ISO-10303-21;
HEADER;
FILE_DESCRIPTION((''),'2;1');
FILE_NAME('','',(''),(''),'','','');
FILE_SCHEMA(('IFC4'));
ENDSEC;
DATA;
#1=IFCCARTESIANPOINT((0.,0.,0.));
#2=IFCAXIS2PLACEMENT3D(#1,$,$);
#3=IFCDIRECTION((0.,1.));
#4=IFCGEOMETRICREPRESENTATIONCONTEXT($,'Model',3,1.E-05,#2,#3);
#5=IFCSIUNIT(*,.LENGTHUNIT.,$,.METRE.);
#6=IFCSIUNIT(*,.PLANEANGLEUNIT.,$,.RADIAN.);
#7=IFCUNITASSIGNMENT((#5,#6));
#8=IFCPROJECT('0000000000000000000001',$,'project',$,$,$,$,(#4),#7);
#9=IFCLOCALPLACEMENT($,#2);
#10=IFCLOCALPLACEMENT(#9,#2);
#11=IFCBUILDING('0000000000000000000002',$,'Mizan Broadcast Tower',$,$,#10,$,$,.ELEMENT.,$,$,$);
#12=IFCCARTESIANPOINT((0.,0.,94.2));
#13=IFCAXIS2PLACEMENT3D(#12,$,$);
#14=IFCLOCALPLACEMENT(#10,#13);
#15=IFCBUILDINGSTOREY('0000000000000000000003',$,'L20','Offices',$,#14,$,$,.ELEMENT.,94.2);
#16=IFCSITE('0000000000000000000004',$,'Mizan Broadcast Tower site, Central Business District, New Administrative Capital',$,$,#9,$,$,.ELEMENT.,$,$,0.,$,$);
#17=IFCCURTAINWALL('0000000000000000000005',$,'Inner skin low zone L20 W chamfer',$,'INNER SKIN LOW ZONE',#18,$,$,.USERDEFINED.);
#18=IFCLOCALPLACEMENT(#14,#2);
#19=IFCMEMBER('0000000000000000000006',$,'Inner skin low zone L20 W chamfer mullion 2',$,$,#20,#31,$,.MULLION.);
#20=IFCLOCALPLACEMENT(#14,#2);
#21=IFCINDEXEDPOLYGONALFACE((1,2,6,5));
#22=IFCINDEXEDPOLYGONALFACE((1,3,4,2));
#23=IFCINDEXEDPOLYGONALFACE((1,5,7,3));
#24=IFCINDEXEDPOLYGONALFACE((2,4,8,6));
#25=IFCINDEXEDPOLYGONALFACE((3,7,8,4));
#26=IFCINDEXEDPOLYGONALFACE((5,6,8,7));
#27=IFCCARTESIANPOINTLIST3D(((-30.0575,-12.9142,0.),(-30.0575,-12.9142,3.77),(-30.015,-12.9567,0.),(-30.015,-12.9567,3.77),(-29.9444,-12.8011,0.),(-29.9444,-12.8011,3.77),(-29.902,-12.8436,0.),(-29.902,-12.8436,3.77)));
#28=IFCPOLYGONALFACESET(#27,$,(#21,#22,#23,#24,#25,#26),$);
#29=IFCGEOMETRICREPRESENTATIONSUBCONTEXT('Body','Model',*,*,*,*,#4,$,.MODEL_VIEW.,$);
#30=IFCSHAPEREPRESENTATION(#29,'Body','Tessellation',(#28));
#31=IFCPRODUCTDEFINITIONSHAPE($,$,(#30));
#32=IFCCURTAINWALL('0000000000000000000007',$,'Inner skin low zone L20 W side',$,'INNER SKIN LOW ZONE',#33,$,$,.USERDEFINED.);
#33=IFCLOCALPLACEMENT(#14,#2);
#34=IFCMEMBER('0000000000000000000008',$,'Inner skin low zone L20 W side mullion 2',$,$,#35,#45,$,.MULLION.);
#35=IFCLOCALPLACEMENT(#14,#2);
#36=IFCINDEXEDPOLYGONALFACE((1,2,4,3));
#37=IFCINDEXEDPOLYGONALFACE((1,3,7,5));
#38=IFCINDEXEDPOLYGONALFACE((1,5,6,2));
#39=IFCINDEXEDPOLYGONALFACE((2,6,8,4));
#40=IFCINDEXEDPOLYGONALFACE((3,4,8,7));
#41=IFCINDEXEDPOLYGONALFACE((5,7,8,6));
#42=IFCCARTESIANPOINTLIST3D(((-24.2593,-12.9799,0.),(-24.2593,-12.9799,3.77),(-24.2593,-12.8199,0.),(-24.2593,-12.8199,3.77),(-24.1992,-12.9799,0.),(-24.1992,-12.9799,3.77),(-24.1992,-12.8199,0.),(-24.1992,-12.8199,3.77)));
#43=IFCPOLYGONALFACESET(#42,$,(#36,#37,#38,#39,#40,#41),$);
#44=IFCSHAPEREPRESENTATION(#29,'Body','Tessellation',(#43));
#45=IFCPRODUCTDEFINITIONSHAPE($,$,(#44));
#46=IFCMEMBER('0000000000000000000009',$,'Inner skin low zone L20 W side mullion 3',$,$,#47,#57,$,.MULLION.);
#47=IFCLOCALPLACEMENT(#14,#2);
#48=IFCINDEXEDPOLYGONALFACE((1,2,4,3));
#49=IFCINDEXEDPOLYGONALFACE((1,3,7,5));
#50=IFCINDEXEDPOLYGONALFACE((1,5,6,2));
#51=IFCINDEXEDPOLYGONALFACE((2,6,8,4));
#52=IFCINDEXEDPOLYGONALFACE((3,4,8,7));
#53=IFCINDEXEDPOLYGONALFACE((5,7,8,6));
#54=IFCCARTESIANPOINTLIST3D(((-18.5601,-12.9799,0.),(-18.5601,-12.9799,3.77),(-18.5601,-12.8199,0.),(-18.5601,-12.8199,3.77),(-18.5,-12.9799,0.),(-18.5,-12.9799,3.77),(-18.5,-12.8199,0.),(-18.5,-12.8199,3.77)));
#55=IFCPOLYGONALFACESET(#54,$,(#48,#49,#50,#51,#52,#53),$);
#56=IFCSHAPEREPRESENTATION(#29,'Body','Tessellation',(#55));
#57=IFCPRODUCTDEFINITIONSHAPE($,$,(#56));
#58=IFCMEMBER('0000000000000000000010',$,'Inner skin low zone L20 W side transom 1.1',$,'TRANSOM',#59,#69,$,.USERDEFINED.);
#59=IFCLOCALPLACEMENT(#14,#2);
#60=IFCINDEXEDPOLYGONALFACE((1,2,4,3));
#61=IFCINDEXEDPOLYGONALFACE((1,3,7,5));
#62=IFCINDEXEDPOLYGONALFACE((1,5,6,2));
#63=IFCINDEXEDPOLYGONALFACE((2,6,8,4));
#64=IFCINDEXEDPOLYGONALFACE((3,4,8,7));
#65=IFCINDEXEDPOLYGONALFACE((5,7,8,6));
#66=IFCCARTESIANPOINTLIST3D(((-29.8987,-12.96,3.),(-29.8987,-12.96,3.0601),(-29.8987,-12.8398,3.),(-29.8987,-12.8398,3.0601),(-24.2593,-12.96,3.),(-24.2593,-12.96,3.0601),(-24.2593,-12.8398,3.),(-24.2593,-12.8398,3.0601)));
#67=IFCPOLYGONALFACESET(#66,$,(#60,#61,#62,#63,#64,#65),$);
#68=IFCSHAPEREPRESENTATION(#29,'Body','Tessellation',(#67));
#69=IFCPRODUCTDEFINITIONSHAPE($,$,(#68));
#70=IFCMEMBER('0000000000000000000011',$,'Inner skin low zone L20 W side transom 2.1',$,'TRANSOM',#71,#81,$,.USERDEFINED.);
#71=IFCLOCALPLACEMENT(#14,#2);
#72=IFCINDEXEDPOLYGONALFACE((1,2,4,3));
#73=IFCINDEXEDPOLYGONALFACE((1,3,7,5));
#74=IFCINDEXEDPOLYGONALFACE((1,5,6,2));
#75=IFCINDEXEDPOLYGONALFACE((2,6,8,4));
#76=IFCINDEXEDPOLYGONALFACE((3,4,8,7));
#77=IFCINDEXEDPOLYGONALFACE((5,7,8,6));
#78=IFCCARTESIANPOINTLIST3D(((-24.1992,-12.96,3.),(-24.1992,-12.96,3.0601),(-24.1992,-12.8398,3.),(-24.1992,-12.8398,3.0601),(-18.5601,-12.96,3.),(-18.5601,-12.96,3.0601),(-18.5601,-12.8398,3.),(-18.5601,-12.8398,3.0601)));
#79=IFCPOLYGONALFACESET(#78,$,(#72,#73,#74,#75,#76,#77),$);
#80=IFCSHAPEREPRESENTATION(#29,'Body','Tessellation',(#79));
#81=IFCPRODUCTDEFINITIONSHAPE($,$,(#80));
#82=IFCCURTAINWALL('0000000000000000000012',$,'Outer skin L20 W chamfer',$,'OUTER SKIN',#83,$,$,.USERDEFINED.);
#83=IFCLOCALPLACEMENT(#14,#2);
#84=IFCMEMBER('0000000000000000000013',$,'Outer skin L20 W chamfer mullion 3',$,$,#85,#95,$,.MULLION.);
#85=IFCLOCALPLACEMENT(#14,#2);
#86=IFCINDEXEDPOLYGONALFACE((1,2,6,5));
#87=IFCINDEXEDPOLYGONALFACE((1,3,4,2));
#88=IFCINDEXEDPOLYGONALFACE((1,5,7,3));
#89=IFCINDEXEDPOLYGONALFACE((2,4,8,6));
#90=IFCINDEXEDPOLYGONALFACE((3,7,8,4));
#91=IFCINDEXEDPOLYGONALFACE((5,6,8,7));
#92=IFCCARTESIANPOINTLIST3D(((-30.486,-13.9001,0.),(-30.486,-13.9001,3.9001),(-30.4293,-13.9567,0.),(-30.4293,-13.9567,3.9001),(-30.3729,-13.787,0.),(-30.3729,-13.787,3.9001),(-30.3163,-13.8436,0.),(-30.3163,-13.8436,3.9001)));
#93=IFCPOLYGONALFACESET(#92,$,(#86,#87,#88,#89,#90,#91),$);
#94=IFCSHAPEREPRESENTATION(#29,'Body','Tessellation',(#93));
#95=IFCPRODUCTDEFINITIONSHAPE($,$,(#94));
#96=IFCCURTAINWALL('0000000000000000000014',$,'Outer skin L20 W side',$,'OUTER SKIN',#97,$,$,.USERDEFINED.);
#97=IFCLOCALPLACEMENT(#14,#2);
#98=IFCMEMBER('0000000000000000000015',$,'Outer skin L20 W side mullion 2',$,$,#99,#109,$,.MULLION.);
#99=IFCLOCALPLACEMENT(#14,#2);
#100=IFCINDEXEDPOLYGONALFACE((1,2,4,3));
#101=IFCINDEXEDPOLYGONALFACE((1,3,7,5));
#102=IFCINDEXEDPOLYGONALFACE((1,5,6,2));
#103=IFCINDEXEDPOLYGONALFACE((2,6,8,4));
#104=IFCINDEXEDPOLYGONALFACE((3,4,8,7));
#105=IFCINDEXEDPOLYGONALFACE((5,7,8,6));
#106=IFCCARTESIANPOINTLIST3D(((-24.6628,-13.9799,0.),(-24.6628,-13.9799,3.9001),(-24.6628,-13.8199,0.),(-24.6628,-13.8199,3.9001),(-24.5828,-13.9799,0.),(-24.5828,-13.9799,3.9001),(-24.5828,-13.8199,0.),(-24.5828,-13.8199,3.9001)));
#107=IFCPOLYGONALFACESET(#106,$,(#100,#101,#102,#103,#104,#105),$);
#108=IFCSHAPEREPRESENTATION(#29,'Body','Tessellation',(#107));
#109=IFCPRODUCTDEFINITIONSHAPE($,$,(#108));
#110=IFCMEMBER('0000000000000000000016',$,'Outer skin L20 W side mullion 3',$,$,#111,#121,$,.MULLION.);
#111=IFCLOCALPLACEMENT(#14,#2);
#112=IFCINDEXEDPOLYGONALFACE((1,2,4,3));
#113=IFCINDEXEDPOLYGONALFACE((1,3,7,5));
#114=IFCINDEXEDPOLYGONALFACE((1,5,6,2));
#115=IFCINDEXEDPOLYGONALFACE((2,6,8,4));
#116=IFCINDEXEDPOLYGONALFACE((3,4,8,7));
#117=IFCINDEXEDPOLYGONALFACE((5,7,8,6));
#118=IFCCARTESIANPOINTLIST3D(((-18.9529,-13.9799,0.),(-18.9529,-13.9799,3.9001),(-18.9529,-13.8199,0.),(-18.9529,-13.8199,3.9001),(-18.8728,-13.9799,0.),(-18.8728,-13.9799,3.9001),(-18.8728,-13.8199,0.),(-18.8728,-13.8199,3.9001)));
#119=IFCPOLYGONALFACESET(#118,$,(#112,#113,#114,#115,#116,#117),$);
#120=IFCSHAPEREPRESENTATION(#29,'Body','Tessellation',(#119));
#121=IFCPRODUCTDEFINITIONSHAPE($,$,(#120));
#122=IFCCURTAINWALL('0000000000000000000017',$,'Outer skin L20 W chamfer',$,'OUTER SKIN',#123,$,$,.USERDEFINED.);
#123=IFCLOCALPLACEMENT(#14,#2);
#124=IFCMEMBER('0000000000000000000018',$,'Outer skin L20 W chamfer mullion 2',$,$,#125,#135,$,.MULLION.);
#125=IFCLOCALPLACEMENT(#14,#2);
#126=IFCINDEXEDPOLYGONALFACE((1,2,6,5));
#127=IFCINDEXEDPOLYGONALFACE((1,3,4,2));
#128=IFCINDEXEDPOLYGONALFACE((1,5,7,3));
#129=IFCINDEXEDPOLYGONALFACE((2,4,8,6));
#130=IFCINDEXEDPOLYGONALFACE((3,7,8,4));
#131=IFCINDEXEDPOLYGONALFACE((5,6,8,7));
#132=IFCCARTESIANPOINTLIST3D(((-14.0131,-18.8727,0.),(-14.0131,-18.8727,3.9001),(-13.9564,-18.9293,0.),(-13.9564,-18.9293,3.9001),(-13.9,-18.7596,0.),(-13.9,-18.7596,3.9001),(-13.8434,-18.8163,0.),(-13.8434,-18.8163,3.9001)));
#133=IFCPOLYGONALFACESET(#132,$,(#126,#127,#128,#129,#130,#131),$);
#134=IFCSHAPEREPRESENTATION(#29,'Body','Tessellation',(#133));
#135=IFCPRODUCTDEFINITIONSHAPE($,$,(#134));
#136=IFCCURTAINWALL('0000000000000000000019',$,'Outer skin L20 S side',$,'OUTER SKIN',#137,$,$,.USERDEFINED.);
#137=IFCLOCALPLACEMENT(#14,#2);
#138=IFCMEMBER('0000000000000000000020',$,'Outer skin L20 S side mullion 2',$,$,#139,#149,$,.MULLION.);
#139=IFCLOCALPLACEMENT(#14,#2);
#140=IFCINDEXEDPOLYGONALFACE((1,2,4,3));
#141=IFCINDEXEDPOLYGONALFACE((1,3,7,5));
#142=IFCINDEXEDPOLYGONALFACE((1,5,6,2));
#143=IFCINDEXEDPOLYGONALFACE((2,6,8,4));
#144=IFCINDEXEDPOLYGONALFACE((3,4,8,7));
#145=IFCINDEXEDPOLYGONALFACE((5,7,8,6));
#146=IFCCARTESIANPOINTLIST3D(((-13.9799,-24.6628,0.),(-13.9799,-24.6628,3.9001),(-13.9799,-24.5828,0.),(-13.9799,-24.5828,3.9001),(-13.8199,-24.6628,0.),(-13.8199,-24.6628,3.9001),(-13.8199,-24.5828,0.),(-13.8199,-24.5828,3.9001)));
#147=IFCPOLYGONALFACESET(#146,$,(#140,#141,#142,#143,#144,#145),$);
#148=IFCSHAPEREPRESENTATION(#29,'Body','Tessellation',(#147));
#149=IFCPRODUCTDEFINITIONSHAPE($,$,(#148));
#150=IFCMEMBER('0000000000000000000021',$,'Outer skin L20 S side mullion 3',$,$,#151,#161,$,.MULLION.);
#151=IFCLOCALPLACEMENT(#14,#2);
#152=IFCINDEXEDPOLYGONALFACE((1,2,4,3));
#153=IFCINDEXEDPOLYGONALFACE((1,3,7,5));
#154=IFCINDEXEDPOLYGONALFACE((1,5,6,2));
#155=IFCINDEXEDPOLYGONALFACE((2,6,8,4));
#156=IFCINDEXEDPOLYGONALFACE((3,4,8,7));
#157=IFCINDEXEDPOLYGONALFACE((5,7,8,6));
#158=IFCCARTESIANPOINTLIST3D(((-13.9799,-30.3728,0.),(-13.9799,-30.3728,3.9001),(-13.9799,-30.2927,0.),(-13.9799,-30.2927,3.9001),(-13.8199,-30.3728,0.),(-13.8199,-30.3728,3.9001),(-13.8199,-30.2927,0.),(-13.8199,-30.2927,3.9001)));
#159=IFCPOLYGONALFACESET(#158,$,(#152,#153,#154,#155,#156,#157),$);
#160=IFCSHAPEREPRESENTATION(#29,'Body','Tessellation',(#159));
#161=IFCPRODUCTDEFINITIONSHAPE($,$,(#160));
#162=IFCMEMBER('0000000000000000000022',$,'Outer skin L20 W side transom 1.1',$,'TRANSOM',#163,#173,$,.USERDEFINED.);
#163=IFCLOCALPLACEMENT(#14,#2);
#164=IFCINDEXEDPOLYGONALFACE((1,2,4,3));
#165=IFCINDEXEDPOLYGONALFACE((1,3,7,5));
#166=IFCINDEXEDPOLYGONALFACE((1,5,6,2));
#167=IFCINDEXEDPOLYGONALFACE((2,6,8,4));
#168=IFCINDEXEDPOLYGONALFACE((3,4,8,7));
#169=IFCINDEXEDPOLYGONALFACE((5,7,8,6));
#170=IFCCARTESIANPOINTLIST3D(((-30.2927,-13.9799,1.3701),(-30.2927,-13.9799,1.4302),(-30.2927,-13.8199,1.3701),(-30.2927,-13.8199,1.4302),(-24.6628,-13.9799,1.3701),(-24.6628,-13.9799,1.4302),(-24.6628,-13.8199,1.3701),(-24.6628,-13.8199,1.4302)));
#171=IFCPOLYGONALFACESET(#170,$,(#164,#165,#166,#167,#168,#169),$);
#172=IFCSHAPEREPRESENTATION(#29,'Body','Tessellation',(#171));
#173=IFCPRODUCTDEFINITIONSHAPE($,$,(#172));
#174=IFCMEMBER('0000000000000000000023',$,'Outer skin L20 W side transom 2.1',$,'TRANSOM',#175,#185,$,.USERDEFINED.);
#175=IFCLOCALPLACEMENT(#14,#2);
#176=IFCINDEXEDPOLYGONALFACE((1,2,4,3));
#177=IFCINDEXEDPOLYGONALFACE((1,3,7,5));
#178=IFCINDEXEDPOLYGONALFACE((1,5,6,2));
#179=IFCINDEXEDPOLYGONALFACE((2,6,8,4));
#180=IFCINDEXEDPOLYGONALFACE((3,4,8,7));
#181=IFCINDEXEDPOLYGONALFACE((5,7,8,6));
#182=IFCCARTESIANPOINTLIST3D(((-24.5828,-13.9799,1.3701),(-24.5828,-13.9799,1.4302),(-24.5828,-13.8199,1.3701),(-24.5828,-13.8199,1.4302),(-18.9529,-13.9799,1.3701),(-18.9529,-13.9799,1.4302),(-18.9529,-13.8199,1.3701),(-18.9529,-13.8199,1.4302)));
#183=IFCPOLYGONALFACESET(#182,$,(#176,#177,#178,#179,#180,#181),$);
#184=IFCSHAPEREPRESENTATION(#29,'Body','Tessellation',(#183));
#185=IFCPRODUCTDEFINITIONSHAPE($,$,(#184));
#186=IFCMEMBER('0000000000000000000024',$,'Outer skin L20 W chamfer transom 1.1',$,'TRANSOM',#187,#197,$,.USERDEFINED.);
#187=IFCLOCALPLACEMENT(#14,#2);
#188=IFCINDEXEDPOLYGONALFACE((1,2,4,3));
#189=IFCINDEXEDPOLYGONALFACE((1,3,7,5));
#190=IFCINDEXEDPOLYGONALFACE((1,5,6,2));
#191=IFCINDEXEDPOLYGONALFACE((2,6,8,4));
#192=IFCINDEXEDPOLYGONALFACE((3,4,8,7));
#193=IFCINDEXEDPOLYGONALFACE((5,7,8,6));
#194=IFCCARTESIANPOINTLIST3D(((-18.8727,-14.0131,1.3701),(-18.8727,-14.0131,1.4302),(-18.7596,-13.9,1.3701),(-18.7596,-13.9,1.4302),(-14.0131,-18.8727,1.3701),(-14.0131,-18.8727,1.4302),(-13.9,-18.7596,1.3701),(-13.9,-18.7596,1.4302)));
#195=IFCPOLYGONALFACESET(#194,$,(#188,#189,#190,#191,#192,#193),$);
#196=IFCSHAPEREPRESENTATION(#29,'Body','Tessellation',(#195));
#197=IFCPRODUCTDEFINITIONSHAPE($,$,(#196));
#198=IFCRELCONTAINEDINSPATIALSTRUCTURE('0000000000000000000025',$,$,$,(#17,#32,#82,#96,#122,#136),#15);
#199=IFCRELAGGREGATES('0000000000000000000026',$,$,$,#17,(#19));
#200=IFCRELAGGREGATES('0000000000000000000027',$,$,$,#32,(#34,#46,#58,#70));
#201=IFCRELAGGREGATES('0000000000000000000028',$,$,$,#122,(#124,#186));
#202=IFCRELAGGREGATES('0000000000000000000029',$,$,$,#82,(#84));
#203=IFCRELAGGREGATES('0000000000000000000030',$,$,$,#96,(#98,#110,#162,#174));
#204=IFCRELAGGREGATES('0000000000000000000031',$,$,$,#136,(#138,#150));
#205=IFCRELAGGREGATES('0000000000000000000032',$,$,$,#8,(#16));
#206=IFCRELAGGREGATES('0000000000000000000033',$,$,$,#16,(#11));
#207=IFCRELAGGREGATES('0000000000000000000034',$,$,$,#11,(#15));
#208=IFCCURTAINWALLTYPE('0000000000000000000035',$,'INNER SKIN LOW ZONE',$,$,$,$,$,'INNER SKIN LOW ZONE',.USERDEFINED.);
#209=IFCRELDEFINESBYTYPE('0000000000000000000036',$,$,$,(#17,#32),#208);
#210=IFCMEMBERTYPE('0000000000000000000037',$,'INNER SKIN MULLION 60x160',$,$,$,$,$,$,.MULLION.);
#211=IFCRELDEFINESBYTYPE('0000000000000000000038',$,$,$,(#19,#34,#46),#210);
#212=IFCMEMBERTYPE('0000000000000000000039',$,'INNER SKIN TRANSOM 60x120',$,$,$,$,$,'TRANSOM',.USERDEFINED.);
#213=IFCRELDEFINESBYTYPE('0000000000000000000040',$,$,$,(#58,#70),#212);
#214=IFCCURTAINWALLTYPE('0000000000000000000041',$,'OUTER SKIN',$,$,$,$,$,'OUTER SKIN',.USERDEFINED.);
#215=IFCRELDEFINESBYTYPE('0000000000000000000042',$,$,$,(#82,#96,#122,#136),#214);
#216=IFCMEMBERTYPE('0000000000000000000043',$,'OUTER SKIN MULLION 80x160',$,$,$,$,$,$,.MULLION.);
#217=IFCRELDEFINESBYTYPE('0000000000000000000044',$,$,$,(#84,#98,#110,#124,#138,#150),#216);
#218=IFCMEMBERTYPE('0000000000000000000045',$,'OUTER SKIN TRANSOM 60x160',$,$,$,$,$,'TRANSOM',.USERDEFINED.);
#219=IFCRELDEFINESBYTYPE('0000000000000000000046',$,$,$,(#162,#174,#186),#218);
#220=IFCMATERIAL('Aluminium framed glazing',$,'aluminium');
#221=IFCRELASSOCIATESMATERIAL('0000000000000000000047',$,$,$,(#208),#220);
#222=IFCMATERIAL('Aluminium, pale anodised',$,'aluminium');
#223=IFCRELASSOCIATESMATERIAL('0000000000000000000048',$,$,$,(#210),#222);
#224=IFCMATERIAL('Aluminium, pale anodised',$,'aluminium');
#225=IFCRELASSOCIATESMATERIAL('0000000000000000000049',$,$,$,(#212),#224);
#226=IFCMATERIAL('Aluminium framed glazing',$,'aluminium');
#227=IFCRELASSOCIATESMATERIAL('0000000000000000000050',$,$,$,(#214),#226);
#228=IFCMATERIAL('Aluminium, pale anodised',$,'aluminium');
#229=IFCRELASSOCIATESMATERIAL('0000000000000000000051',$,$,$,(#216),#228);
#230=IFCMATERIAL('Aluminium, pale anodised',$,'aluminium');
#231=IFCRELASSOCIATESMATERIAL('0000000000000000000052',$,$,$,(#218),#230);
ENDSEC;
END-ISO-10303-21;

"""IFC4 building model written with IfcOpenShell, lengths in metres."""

from ifc_helpers import new_model, si_unit, direction, frame, origin, origin_2d, place, context, subcontext, project, spatial, rectangle, extrude, material, material_profile, profile_set, type_object, element, aggregate, save


model = new_model("IFC4")

# Units and contexts
model_context = context("Model", 3, precision=1e-05, world=origin(), true_north=direction((0.0, 1.0)))
body_context = subcontext(model_context, "Body", "Model", "MODEL_VIEW")
ifc_project = project(units=[si_unit("LENGTHUNIT", "METRE"), si_unit("PLANEANGLEUNIT", "RADIAN")], contexts=[model_context])

# Site, building, storey
site_placement = place(None, origin())
site = spatial("IfcSite", under=ifc_project, at=site_placement, Name="Mizan Broadcast Tower site, Central Business District, New Administrative Capital", CompositionType="ELEMENT", RefElevation=0.0)
building_placement = place(site_placement, origin())
building = spatial("IfcBuilding", under=site, at=building_placement, Name="Mizan Broadcast Tower", CompositionType="ELEMENT")
storey_placement = place(building_placement, frame((0.0, 0.0, 94.2)))
storey = spatial("IfcBuildingStorey", under=building, at=storey_placement, Name="L20", Description="Offices", CompositionType="ELEMENT", Elevation=94.2)

# Curtain wall, member
ifc_material_1 = material(Name="Aluminium framed glazing", Category="aluminium")
curtain_wall_type_1 = type_object("IfcCurtainWallType", Name="INNER SKIN LOW ZONE", ElementType="INNER SKIN LOW ZONE", PredefinedType="USERDEFINED", material=ifc_material_1)
curtain_wall_1_placement = place(storey_placement, origin())
curtain_wall_1 = element("IfcCurtainWall", 1, at=curtain_wall_1_placement, inside=storey, type_object=curtain_wall_type_1, Name="Inner skin low zone L20 W chamfer", ObjectType="INNER SKIN LOW ZONE", PredefinedType="USERDEFINED")
ifc_material_2 = material(Name="Aluminium, pale anodised", Category="aluminium")
ifc_material_profile_1 = material_profile(ifc_material_2, rectangle(XDim=0.1599, YDim=0.0601, at=origin_2d()), Name="MULLION 160x60")
ifc_profile_set_1 = profile_set([ifc_material_profile_1], Name="Aluminium, pale anodised")
member_type_1 = type_object("IfcMemberType", Name="INNER SKIN MULLION 60x160", PredefinedType="MULLION", material=ifc_profile_set_1)
member_1_placement = place(storey_placement, frame((-29.9797, -12.8789, 0.0), z_axis=(0.0, 0.0, 1.0), x_axis=(0.707107, 0.707107, 0.0)))
member_1 = element("IfcMember", 2, at=member_1_placement, type_object=member_type_1, Name="Inner skin low zone L20 W chamfer mullion 2", PredefinedType="MULLION", context=body_context, shape_type="SweptSolid", body=[
    extrude(rectangle(XDim=0.1599, YDim=0.0601, at=origin_2d()), origin(), (0.0, 0.0, 1.0), 3.77),
])
aggregate(curtain_wall_1, [member_1])

# Curtain wall, members
curtain_wall_2_placement = place(storey_placement, origin())
curtain_wall_2 = element("IfcCurtainWall", 3, at=curtain_wall_2_placement, inside=storey, type_object=curtain_wall_type_1, Name="Inner skin low zone L20 W side", ObjectType="INNER SKIN LOW ZONE", PredefinedType="USERDEFINED")
member_2_placement = place(storey_placement, frame((-24.2292, -12.8999, 0.0), z_axis=(0.0, 0.0, 1.0), x_axis=(0.0, 1.0, 0.0)))
member_2 = element("IfcMember", 4, at=member_2_placement, type_object=member_type_1, Name="Inner skin low zone L20 W side mullion 2", PredefinedType="MULLION", context=body_context, shape_type="SweptSolid", body=[
    extrude(rectangle(XDim=0.1599, YDim=0.0601, at=origin_2d()), origin(), (0.0, 0.0, 1.0), 3.77),
])
member_3_placement = place(storey_placement, frame((-18.53, -12.8999, 0.0), z_axis=(0.0, 0.0, 1.0), x_axis=(0.0, 1.0, 0.0)))
member_3 = element("IfcMember", 5, at=member_3_placement, type_object=member_type_1, Name="Inner skin low zone L20 W side mullion 3", PredefinedType="MULLION", context=body_context, shape_type="SweptSolid", body=[
    extrude(rectangle(XDim=0.1599, YDim=0.0601, at=origin_2d()), origin(), (0.0, 0.0, 1.0), 3.77),
])
ifc_material_3 = material(Name="Aluminium, pale anodised", Category="aluminium")
ifc_material_profile_2 = material_profile(ifc_material_3, rectangle(XDim=0.1201, YDim=0.0601, at=origin_2d()), Name="TRANSOM 120x60")
ifc_profile_set_2 = profile_set([ifc_material_profile_2], Name="Aluminium, pale anodised")
member_type_2 = type_object("IfcMemberType", Name="INNER SKIN TRANSOM 60x120", ElementType="TRANSOM", PredefinedType="USERDEFINED", material=ifc_profile_set_2)
member_4_placement = place(storey_placement, frame((-29.8987, -12.8999, 3.03), z_axis=(1.0, 0.0, 0.0), x_axis=(0.0, 1.0, 0.0)))
member_4 = element("IfcMember", 6, at=member_4_placement, type_object=member_type_2, Name="Inner skin low zone L20 W side transom 1.1", ObjectType="TRANSOM", PredefinedType="USERDEFINED", context=body_context, shape_type="SweptSolid", body=[
    extrude(rectangle(XDim=0.1201, YDim=0.0601, at=origin_2d()), origin(), (0.0, 0.0, 1.0), 5.6394),
])
member_5_placement = place(storey_placement, frame((-24.1992, -12.8999, 3.03), z_axis=(1.0, 0.0, 0.0), x_axis=(0.0, 1.0, 0.0)))
member_5 = element("IfcMember", 7, at=member_5_placement, type_object=member_type_2, Name="Inner skin low zone L20 W side transom 2.1", ObjectType="TRANSOM", PredefinedType="USERDEFINED", context=body_context, shape_type="SweptSolid", body=[
    extrude(rectangle(XDim=0.1201, YDim=0.0601, at=origin_2d()), origin(), (0.0, 0.0, 1.0), 5.6392),
])

# Curtain wall, member
ifc_material_4 = material(Name="Aluminium framed glazing", Category="aluminium")
curtain_wall_type_2 = type_object("IfcCurtainWallType", Name="OUTER SKIN", ElementType="OUTER SKIN", PredefinedType="USERDEFINED", material=ifc_material_4)
curtain_wall_3_placement = place(storey_placement, origin())
curtain_wall_3 = element("IfcCurtainWall", 8, at=curtain_wall_3_placement, inside=storey, type_object=curtain_wall_type_2, Name="Outer skin L20 W chamfer", ObjectType="OUTER SKIN", PredefinedType="USERDEFINED")
ifc_material_5 = material(Name="Aluminium, pale anodised", Category="aluminium")
ifc_material_profile_3 = material_profile(ifc_material_5, rectangle(XDim=0.1599, YDim=0.0801, at=origin_2d()), Name="MULLION 160x80")
ifc_profile_set_3 = profile_set([ifc_material_profile_3], Name="Aluminium, pale anodised")
member_type_3 = type_object("IfcMemberType", Name="OUTER SKIN MULLION 80x160", PredefinedType="MULLION", material=ifc_profile_set_3)
member_6_placement = place(storey_placement, frame((-30.4011, -13.8718, 0.0), z_axis=(0.0, 0.0, 1.0), x_axis=(0.707107, 0.707107, 0.0)))
member_6 = element("IfcMember", 9, at=member_6_placement, type_object=member_type_3, Name="Outer skin L20 W chamfer mullion 3", PredefinedType="MULLION", context=body_context, shape_type="SweptSolid", body=[
    extrude(rectangle(XDim=0.1599, YDim=0.0801, at=origin_2d()), origin(), (0.0, 0.0, 1.0), 3.9001),
])

# Curtain wall, members
curtain_wall_4_placement = place(storey_placement, origin())
curtain_wall_4 = element("IfcCurtainWall", 10, at=curtain_wall_4_placement, inside=storey, type_object=curtain_wall_type_2, Name="Outer skin L20 W side", ObjectType="OUTER SKIN", PredefinedType="USERDEFINED")
member_7_placement = place(storey_placement, frame((-24.6228, -13.8999, 0.0), z_axis=(0.0, 0.0, 1.0), x_axis=(0.0, 1.0, 0.0)))
member_7 = element("IfcMember", 11, at=member_7_placement, type_object=member_type_3, Name="Outer skin L20 W side mullion 2", PredefinedType="MULLION", context=body_context, shape_type="SweptSolid", body=[
    extrude(rectangle(XDim=0.1599, YDim=0.0801, at=origin_2d()), origin(), (0.0, 0.0, 1.0), 3.9001),
])
member_8_placement = place(storey_placement, frame((-18.9128, -13.8999, 0.0), z_axis=(0.0, 0.0, 1.0), x_axis=(0.0, 1.0, 0.0)))
member_8 = element("IfcMember", 12, at=member_8_placement, type_object=member_type_3, Name="Outer skin L20 W side mullion 3", PredefinedType="MULLION", context=body_context, shape_type="SweptSolid", body=[
    extrude(rectangle(XDim=0.1599, YDim=0.0801, at=origin_2d()), origin(), (0.0, 0.0, 1.0), 3.9001),
])

# Curtain wall, member
curtain_wall_5_placement = place(storey_placement, origin())
curtain_wall_5 = element("IfcCurtainWall", 13, at=curtain_wall_5_placement, inside=storey, type_object=curtain_wall_type_2, Name="Outer skin L20 W chamfer", ObjectType="OUTER SKIN", PredefinedType="USERDEFINED")
member_9_placement = place(storey_placement, frame((-13.9282, -18.8445, 0.0), z_axis=(0.0, 0.0, 1.0), x_axis=(0.707107, 0.707107, 0.0)))
member_9 = element("IfcMember", 14, at=member_9_placement, type_object=member_type_3, Name="Outer skin L20 W chamfer mullion 2", PredefinedType="MULLION", context=body_context, shape_type="SweptSolid", body=[
    extrude(rectangle(XDim=0.1599, YDim=0.0801, at=origin_2d()), origin(), (0.0, 0.0, 1.0), 3.9001),
])

# Curtain wall, members
curtain_wall_6_placement = place(storey_placement, origin())
curtain_wall_6 = element("IfcCurtainWall", 15, at=curtain_wall_6_placement, inside=storey, type_object=curtain_wall_type_2, Name="Outer skin L20 S side", ObjectType="OUTER SKIN", PredefinedType="USERDEFINED")
member_10_placement = place(storey_placement, frame((-13.8999, -24.6228, 0.0), z_axis=(0.0, 0.0, 1.0), x_axis=(1.0, 0.0, 0.0)))
member_10 = element("IfcMember", 16, at=member_10_placement, type_object=member_type_3, Name="Outer skin L20 S side mullion 2", PredefinedType="MULLION", context=body_context, shape_type="SweptSolid", body=[
    extrude(rectangle(XDim=0.1599, YDim=0.0801, at=origin_2d()), origin(), (0.0, 0.0, 1.0), 3.9001),
])
member_11_placement = place(storey_placement, frame((-13.8999, -30.3328, 0.0), z_axis=(0.0, 0.0, 1.0), x_axis=(1.0, 0.0, 0.0)))
member_11 = element("IfcMember", 17, at=member_11_placement, type_object=member_type_3, Name="Outer skin L20 S side mullion 3", PredefinedType="MULLION", context=body_context, shape_type="SweptSolid", body=[
    extrude(rectangle(XDim=0.1599, YDim=0.0801, at=origin_2d()), origin(), (0.0, 0.0, 1.0), 3.9001),
])

# Members
ifc_material_6 = material(Name="Aluminium, pale anodised", Category="aluminium")
ifc_material_profile_4 = material_profile(ifc_material_6, rectangle(XDim=0.1599, YDim=0.0601, at=origin_2d()), Name="TRANSOM 160x60")
ifc_profile_set_4 = profile_set([ifc_material_profile_4], Name="Aluminium, pale anodised")
member_type_4 = type_object("IfcMemberType", Name="OUTER SKIN TRANSOM 60x160", ElementType="TRANSOM", PredefinedType="USERDEFINED", material=ifc_profile_set_4)
member_12_placement = place(storey_placement, frame((-30.2927, -13.8999, 1.4001), z_axis=(1.0, 0.0, 0.0), x_axis=(0.0, 1.0, 0.0)))
member_12 = element("IfcMember", 18, at=member_12_placement, type_object=member_type_4, Name="Outer skin L20 W side transom 1.1", ObjectType="TRANSOM", PredefinedType="USERDEFINED", context=body_context, shape_type="SweptSolid", body=[
    extrude(rectangle(XDim=0.1599, YDim=0.0601, at=origin_2d()), origin(), (0.0, 0.0, 1.0), 5.6299),
])
member_13_placement = place(storey_placement, frame((-24.5828, -13.8999, 1.4001), z_axis=(1.0, 0.0, 0.0), x_axis=(0.0, 1.0, 0.0)))
member_13 = element("IfcMember", 19, at=member_13_placement, type_object=member_type_4, Name="Outer skin L20 W side transom 2.1", ObjectType="TRANSOM", PredefinedType="USERDEFINED", context=body_context, shape_type="SweptSolid", body=[
    extrude(rectangle(XDim=0.1599, YDim=0.0601, at=origin_2d()), origin(), (0.0, 0.0, 1.0), 5.6299),
])
member_14_placement = place(storey_placement, frame((-18.8162, -13.9565, 1.4001), z_axis=(0.707107, -0.707107, 0.0), x_axis=(0.707107, 0.707107, 0.0)))
member_14 = element("IfcMember", 20, at=member_14_placement, type_object=member_type_4, Name="Outer skin L20 W chamfer transom 1.1", ObjectType="TRANSOM", PredefinedType="USERDEFINED", context=body_context, shape_type="SweptSolid", body=[
    extrude(rectangle(XDim=0.1599, YDim=0.0601, at=origin_2d()), origin(), (0.0, 0.0, 1.0), 6.8726),
])

aggregate(curtain_wall_2, [member_2, member_3, member_4, member_5])
aggregate(curtain_wall_5, [member_9, member_14])
aggregate(curtain_wall_3, [member_6])
aggregate(curtain_wall_4, [member_7, member_8, member_12, member_13])
aggregate(curtain_wall_6, [member_10, member_11])

save(model, "model.ifc")
